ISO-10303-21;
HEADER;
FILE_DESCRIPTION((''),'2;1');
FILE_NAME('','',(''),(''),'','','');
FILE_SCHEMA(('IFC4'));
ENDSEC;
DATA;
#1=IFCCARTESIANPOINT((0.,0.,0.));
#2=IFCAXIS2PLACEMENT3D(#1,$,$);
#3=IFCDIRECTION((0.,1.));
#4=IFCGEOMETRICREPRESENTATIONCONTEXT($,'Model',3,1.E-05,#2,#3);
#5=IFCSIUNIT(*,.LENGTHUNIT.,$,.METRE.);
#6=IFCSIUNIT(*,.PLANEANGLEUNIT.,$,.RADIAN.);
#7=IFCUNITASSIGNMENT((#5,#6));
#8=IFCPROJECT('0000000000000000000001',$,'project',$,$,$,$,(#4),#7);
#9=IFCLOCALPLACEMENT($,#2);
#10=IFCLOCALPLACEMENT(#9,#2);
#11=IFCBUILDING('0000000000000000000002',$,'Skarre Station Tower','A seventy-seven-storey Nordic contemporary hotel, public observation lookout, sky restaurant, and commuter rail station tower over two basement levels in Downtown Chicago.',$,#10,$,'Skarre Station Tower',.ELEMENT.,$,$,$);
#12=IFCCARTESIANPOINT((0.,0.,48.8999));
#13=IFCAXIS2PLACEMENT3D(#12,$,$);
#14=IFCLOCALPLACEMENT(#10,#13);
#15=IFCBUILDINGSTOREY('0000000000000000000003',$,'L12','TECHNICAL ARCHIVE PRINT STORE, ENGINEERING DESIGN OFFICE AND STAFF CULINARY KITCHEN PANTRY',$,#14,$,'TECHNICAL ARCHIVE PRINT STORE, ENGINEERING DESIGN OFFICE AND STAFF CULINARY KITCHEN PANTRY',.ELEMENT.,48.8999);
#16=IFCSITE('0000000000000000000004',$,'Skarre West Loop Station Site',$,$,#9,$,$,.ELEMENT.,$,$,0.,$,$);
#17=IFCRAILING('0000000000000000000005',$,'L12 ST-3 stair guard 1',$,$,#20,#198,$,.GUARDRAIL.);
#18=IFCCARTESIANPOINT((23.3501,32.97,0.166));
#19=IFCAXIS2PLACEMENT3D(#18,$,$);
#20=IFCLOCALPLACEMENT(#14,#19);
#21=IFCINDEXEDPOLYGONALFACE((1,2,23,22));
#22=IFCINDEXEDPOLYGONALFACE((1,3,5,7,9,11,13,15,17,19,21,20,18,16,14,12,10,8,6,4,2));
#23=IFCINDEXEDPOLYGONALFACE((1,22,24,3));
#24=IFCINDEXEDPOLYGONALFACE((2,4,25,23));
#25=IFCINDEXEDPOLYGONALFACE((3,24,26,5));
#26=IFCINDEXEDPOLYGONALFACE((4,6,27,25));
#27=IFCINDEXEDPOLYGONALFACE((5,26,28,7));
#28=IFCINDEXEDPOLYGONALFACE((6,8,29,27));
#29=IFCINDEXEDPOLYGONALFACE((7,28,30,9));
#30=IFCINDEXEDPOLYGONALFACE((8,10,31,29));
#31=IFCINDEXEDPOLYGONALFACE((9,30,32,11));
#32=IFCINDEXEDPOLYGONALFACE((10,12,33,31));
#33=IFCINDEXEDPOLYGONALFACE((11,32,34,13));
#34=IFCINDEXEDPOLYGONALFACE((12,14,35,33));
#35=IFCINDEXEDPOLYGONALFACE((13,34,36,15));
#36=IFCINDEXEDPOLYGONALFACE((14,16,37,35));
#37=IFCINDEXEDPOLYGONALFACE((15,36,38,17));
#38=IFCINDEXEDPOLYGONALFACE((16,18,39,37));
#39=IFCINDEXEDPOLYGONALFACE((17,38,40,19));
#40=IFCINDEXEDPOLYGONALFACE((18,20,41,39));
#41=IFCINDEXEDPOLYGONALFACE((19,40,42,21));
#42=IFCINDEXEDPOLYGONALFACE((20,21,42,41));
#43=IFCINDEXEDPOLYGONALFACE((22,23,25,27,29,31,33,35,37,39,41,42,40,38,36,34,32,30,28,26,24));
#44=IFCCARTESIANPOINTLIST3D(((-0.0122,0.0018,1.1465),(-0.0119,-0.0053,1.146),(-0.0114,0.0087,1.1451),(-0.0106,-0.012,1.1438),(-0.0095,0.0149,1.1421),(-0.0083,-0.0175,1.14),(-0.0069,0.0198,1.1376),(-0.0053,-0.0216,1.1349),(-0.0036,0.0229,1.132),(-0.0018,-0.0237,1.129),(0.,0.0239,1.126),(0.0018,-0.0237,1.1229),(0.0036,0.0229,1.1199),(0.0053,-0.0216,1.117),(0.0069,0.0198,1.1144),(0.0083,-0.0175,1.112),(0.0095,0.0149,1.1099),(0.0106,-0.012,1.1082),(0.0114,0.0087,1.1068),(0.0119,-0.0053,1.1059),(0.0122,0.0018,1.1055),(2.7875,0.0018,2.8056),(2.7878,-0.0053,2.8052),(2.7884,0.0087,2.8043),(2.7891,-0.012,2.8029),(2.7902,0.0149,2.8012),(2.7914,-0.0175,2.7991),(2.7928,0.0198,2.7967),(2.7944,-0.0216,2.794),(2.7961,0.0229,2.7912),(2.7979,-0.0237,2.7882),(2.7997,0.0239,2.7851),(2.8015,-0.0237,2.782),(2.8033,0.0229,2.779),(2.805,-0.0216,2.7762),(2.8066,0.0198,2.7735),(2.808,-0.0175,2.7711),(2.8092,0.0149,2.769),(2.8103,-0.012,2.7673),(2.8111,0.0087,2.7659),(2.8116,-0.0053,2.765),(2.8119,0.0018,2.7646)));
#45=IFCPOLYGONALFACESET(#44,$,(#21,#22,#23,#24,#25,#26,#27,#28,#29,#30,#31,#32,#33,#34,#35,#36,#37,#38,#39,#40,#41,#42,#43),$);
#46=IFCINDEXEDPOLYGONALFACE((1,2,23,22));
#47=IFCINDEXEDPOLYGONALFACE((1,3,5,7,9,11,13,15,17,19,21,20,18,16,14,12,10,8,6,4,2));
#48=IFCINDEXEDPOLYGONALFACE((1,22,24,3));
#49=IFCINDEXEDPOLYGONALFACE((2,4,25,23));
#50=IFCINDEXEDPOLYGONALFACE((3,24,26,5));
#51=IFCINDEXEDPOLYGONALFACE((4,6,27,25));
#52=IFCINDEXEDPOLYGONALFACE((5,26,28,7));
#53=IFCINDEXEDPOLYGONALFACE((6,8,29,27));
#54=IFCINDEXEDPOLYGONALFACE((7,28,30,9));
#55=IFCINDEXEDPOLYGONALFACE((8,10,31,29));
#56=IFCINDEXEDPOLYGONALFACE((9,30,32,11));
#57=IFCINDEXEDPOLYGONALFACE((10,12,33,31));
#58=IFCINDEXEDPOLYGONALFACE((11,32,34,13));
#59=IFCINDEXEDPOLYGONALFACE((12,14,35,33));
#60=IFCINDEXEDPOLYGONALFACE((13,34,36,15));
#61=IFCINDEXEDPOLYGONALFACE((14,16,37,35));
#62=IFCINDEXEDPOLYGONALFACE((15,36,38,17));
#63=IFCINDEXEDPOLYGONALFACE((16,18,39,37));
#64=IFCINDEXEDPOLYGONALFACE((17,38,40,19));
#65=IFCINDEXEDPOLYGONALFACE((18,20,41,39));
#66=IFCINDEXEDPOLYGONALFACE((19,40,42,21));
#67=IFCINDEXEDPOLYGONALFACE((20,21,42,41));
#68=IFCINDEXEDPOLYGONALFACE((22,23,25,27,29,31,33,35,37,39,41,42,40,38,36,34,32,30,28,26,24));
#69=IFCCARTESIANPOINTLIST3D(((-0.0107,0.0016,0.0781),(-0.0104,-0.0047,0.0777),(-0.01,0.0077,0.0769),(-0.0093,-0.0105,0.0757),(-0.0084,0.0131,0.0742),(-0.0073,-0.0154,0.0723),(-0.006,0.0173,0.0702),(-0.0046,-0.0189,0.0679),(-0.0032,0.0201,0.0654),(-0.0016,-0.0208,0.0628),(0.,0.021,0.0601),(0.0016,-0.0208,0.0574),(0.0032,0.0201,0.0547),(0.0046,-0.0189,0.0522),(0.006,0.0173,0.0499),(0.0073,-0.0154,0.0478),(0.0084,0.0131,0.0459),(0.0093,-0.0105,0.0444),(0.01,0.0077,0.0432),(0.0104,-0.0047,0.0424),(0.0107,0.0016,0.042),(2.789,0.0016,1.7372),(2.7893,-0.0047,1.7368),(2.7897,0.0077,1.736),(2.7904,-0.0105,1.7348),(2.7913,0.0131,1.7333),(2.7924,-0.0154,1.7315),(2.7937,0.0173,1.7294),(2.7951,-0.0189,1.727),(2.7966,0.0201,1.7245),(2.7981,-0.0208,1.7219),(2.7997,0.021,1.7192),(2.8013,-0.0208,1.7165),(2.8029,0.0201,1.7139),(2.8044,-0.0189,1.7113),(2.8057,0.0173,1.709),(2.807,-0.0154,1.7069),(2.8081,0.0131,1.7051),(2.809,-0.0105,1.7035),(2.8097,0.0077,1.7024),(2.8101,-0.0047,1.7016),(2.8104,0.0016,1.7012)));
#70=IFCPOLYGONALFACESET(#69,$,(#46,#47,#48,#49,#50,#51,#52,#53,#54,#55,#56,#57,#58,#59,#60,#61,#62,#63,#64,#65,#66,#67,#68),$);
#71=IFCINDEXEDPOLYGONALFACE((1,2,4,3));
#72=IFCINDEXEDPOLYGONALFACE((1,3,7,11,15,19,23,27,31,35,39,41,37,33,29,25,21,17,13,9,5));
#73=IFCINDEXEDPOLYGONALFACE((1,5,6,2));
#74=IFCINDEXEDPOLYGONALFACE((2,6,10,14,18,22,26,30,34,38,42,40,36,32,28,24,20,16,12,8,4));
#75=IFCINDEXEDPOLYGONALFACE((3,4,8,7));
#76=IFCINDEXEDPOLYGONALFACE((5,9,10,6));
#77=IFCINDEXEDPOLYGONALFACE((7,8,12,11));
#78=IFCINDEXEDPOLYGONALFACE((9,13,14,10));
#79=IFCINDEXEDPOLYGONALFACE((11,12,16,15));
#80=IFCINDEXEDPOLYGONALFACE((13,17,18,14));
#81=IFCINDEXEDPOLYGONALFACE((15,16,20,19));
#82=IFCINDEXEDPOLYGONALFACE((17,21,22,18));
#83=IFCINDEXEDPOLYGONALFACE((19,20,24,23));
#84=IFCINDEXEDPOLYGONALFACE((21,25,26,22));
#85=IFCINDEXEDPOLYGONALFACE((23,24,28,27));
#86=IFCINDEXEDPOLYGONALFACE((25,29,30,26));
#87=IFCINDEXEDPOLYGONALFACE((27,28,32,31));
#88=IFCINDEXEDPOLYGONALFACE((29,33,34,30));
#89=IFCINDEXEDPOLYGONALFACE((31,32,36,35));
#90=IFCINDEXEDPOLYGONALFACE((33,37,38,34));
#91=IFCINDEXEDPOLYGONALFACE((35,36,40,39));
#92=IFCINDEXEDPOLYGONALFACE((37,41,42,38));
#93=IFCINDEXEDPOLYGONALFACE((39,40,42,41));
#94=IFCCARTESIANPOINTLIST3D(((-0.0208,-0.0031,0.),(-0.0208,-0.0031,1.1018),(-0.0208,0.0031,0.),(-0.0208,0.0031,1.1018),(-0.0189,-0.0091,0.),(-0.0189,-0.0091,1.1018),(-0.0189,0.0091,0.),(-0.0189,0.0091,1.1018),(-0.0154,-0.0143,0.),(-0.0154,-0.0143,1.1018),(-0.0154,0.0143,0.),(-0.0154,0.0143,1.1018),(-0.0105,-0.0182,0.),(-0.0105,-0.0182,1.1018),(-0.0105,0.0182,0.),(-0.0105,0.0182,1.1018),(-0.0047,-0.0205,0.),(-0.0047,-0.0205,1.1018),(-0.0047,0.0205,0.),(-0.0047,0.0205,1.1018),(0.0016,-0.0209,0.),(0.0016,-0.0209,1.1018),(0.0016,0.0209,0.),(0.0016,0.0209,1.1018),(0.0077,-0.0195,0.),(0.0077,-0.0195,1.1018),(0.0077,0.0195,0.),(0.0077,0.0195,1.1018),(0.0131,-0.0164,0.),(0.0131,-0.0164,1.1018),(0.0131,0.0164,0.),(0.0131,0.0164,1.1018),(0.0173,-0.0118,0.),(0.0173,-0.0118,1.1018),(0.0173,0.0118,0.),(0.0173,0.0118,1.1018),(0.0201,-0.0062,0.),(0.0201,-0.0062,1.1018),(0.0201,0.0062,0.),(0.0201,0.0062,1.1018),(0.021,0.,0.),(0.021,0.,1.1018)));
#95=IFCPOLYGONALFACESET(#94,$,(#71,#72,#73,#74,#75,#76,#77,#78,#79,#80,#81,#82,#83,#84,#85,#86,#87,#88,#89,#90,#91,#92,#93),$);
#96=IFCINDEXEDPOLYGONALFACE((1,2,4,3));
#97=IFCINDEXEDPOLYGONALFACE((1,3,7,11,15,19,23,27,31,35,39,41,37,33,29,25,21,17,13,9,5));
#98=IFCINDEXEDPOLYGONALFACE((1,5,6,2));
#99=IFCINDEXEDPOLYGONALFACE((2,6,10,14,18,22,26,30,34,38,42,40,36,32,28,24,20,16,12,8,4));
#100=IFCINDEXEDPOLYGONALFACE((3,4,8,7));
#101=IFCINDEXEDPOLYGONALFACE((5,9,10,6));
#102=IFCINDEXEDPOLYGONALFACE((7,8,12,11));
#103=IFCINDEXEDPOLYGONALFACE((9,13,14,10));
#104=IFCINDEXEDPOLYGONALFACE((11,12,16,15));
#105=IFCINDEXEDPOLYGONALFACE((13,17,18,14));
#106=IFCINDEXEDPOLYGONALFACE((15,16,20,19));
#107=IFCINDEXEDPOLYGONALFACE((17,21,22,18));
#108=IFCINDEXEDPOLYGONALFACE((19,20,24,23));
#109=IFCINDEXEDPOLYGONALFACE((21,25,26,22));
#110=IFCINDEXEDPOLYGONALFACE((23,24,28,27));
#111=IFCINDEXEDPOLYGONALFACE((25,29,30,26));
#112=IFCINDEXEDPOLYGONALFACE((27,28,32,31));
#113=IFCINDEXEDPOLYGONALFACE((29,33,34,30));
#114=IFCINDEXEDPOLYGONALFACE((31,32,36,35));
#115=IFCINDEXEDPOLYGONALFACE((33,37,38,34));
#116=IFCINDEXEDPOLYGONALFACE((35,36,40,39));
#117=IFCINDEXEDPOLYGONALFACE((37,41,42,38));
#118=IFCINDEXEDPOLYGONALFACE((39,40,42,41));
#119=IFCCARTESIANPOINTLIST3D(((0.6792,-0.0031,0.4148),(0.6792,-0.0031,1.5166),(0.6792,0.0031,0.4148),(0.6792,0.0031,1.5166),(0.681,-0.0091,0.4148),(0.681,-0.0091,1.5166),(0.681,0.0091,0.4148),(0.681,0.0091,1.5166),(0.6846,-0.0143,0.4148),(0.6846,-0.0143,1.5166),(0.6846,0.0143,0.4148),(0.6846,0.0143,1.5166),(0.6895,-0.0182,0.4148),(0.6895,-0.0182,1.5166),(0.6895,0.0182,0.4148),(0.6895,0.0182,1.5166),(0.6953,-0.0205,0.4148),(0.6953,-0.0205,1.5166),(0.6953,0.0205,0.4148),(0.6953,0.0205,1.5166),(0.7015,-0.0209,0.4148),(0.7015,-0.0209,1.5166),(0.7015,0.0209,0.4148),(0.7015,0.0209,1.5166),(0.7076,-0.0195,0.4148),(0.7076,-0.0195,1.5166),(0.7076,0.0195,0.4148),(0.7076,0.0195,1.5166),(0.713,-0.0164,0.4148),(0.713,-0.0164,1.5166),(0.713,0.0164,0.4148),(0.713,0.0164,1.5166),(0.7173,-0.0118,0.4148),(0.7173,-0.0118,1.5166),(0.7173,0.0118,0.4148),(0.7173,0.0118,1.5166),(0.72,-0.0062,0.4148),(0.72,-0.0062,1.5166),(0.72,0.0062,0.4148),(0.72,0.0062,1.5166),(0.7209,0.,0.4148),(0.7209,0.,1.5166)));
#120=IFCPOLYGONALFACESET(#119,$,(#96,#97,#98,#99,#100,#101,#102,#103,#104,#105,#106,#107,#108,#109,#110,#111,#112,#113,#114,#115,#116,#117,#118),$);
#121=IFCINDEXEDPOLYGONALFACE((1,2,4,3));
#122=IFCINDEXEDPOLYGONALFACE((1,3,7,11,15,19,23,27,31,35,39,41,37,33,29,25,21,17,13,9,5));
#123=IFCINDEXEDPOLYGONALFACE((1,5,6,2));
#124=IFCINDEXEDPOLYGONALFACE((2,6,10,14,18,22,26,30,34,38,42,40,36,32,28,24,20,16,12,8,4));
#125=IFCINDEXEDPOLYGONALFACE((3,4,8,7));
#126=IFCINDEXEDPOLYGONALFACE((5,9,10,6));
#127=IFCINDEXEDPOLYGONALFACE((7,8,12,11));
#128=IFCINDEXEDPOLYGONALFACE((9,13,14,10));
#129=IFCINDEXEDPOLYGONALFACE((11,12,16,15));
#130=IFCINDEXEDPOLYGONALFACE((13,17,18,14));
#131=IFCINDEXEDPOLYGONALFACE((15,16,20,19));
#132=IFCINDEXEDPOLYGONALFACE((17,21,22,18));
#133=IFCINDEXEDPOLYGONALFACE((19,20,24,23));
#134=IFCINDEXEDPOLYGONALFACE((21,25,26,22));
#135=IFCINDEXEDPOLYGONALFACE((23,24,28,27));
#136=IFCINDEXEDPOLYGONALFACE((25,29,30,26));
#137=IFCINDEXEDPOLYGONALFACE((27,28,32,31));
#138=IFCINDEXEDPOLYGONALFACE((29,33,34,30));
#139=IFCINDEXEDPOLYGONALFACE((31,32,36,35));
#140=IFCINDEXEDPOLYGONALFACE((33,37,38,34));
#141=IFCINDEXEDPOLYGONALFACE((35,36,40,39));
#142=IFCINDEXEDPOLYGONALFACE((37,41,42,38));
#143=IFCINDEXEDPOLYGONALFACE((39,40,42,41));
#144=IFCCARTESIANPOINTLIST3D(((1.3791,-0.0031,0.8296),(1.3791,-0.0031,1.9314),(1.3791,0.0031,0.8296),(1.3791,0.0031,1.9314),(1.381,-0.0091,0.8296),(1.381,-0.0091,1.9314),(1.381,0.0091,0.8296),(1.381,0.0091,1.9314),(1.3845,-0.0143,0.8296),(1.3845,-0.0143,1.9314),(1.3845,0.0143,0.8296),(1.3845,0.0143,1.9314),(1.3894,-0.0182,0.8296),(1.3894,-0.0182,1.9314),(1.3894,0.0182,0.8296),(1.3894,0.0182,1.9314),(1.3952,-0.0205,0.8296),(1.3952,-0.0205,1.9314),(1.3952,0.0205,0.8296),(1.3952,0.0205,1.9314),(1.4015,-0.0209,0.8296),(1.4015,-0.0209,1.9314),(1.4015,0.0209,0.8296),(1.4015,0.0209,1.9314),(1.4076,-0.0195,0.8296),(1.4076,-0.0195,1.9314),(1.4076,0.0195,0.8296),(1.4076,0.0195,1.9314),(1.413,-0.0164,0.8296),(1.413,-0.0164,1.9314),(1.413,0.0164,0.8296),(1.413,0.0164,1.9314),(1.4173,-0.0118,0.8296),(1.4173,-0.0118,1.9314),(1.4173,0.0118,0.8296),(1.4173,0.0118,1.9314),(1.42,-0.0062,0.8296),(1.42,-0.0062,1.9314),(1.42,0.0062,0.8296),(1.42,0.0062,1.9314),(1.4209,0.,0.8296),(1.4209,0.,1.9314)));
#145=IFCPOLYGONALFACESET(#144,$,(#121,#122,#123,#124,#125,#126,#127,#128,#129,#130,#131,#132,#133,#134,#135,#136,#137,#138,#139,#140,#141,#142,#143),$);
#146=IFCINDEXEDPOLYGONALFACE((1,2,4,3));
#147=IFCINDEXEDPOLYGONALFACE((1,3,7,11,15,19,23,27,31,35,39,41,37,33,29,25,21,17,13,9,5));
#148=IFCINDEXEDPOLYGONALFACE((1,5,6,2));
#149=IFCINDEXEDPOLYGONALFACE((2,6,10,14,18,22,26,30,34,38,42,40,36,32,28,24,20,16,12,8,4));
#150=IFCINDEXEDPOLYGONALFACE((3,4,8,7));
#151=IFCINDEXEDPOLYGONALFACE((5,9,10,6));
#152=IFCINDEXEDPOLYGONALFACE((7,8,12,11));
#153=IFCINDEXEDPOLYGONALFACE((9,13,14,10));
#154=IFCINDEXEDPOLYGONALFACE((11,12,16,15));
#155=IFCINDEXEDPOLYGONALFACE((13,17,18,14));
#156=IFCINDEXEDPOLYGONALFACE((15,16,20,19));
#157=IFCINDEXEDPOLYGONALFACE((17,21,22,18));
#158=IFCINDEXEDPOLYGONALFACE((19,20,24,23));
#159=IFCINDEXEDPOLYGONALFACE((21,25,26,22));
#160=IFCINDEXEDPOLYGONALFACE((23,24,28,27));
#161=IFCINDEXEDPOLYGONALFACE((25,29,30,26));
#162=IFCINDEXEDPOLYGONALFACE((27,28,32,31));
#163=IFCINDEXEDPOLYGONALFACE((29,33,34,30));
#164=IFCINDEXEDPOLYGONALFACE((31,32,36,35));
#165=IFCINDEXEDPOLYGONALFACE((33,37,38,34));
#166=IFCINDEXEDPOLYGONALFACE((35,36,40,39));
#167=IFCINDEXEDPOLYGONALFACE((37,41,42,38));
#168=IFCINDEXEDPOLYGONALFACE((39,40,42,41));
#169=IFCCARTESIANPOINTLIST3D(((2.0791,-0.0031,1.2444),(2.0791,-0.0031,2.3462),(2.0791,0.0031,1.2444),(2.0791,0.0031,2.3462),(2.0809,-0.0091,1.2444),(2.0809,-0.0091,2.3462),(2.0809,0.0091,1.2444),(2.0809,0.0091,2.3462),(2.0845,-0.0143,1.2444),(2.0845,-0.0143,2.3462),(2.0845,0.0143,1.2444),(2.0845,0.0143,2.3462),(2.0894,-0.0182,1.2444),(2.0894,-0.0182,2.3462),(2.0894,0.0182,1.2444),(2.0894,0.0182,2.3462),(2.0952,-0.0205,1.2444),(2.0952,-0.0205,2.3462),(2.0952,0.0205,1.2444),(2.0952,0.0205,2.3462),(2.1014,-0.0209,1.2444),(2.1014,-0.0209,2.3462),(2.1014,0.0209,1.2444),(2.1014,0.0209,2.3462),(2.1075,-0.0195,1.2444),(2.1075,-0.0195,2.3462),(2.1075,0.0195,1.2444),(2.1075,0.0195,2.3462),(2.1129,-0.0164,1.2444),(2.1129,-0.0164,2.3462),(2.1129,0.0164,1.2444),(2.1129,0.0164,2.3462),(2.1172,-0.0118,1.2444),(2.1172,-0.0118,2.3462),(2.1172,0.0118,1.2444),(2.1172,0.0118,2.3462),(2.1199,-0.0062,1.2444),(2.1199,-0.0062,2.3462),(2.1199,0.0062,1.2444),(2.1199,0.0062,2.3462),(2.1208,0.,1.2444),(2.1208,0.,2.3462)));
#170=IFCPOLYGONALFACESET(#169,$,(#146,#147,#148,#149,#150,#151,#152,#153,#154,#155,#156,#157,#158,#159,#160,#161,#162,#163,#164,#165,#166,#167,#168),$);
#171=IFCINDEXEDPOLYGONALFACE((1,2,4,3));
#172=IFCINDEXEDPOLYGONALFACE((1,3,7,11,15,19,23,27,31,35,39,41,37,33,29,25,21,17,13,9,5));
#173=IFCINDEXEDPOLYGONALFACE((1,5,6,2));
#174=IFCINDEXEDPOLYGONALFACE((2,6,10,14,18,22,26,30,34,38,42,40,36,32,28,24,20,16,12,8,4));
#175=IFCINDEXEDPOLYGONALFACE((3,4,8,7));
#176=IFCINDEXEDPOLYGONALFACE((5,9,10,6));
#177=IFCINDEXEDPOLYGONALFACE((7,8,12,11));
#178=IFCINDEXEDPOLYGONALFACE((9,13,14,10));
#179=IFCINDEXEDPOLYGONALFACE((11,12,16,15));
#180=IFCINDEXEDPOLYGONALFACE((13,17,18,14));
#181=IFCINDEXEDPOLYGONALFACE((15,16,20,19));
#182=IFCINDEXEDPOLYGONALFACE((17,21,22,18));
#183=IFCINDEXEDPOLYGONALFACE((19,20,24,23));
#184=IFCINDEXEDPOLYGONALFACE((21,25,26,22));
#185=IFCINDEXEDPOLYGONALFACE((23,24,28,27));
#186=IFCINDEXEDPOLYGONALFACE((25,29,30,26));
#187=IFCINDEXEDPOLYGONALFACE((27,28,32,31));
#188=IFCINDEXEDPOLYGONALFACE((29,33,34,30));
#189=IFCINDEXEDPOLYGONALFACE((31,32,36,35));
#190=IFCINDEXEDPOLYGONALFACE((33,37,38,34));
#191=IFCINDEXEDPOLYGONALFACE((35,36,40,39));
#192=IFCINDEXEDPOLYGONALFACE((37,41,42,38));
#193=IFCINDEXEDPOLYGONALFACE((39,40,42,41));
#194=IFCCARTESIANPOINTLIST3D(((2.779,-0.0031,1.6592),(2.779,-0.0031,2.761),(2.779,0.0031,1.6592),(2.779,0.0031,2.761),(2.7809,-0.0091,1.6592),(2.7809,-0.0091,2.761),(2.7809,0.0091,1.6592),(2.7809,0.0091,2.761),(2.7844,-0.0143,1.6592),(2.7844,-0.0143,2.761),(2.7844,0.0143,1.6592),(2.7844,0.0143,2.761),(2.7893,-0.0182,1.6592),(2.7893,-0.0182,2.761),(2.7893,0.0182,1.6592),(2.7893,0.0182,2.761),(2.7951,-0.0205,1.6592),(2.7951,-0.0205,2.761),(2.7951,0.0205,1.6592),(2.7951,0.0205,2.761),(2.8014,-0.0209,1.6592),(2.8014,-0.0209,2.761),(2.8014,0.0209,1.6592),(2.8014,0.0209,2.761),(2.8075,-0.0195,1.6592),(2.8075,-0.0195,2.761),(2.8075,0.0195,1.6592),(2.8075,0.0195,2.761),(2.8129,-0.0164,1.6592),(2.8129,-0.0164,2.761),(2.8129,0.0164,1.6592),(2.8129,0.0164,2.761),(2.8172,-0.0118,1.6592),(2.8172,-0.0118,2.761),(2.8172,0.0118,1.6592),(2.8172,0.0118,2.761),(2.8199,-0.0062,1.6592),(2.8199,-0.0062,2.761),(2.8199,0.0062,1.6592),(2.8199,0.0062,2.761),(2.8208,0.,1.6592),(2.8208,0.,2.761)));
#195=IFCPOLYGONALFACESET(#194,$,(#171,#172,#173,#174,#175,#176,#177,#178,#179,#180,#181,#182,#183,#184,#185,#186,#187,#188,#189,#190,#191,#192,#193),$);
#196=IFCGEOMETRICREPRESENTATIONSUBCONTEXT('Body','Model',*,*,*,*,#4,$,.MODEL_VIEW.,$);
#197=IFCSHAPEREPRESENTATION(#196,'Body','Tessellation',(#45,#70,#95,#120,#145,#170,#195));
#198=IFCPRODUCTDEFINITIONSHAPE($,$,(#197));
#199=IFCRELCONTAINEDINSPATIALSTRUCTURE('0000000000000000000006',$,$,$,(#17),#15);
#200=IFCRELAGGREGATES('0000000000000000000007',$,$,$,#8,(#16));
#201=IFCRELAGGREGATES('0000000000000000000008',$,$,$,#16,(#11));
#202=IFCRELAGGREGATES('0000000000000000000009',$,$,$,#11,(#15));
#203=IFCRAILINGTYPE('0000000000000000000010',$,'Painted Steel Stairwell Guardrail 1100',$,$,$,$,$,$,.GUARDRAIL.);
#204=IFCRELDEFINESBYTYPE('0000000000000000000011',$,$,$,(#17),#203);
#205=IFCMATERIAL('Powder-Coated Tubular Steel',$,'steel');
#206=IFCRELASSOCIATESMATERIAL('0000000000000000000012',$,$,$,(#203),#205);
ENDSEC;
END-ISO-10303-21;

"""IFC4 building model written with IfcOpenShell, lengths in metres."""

from ifc_helpers import new_model, si_unit, direction, frame, origin, origin_2d, place, context, subcontext, project, spatial, circle, extrude, material, type_object, element, save


model = new_model("IFC4")

# Units and contexts
model_context = context("Model", 3, precision=1e-05, world=origin(), true_north=direction((0.0, 1.0)))
body_context = subcontext(model_context, "Body", "Model", "MODEL_VIEW")
ifc_project = project(units=[si_unit("LENGTHUNIT", "METRE"), si_unit("PLANEANGLEUNIT", "RADIAN")], contexts=[model_context])

# Site, building, storey
site_placement = place(None, origin())
site = spatial("IfcSite", under=ifc_project, at=site_placement, Name="Skarre West Loop Station Site", CompositionType="ELEMENT", RefElevation=0.0)
building_placement = place(site_placement, origin())
building = spatial("IfcBuilding", under=site, at=building_placement, Name="Skarre Station Tower", Description="A seventy-seven-storey Nordic contemporary hotel, public observation lookout, sky restaurant, and commuter rail station tower over two basement levels in Downtown Chicago.", LongName="Skarre Station Tower", CompositionType="ELEMENT")
storey_placement = place(building_placement, frame((0.0, 0.0, 48.8999)))
storey = spatial("IfcBuildingStorey", under=building, at=storey_placement, Name="L12", Description="TECHNICAL ARCHIVE PRINT STORE, ENGINEERING DESIGN OFFICE AND STAFF CULINARY KITCHEN PANTRY", LongName="TECHNICAL ARCHIVE PRINT STORE, ENGINEERING DESIGN OFFICE AND STAFF CULINARY KITCHEN PANTRY", CompositionType="ELEMENT", Elevation=48.8999)

# Railing
ifc_material_1 = material(Name="Powder-Coated Tubular Steel", Category="steel")
railing_type_1 = type_object("IfcRailingType", Name="Painted Steel Stairwell Guardrail 1100", PredefinedType="GUARDRAIL", material=ifc_material_1)
railing_1_placement = place(storey_placement, frame((23.3501, 32.97, 0.166)))
element("IfcRailing", 1, at=railing_1_placement, inside=storey, type_object=railing_type_1, Name="L12 ST-3 stair guard 1", PredefinedType="GUARDRAIL", context=body_context, shape_type="SweptSolid", body=[
    extrude(circle(Radius=0.0239, at=origin_2d()), frame((0.0, 0.0, 1.126), z_axis=(0.860287, 0.0, 0.509811), x_axis=(0.0, 1.0, 0.0)), (0.0, 0.0, 1.0), 3.2544),
    extrude(circle(Radius=0.021, at=origin_2d()), frame((0.0, 0.0, 0.0601), z_axis=(0.860287, 0.0, 0.509811), x_axis=(0.0, 1.0, 0.0)), (0.0, 0.0, 1.0), 3.2544),
    extrude(circle(Radius=0.021, at=origin_2d()), origin(), (0.0, 0.0, 1.0), 1.1018),
    extrude(circle(Radius=0.021, at=origin_2d()), frame((0.7, 0.0, 0.4148)), (0.0, 0.0, 1.0), 1.1018),
    extrude(circle(Radius=0.021, at=origin_2d()), frame((1.3999, 0.0, 0.8296)), (0.0, 0.0, 1.0), 1.1018),
    extrude(circle(Radius=0.021, at=origin_2d()), frame((2.0999, 0.0, 1.2444)), (0.0, 0.0, 1.0), 1.1018),
    extrude(circle(Radius=0.021, at=origin_2d()), frame((2.7998, 0.0, 1.6592)), (0.0, 0.0, 1.0), 1.1018),
])

save(model, "model.ifc")
